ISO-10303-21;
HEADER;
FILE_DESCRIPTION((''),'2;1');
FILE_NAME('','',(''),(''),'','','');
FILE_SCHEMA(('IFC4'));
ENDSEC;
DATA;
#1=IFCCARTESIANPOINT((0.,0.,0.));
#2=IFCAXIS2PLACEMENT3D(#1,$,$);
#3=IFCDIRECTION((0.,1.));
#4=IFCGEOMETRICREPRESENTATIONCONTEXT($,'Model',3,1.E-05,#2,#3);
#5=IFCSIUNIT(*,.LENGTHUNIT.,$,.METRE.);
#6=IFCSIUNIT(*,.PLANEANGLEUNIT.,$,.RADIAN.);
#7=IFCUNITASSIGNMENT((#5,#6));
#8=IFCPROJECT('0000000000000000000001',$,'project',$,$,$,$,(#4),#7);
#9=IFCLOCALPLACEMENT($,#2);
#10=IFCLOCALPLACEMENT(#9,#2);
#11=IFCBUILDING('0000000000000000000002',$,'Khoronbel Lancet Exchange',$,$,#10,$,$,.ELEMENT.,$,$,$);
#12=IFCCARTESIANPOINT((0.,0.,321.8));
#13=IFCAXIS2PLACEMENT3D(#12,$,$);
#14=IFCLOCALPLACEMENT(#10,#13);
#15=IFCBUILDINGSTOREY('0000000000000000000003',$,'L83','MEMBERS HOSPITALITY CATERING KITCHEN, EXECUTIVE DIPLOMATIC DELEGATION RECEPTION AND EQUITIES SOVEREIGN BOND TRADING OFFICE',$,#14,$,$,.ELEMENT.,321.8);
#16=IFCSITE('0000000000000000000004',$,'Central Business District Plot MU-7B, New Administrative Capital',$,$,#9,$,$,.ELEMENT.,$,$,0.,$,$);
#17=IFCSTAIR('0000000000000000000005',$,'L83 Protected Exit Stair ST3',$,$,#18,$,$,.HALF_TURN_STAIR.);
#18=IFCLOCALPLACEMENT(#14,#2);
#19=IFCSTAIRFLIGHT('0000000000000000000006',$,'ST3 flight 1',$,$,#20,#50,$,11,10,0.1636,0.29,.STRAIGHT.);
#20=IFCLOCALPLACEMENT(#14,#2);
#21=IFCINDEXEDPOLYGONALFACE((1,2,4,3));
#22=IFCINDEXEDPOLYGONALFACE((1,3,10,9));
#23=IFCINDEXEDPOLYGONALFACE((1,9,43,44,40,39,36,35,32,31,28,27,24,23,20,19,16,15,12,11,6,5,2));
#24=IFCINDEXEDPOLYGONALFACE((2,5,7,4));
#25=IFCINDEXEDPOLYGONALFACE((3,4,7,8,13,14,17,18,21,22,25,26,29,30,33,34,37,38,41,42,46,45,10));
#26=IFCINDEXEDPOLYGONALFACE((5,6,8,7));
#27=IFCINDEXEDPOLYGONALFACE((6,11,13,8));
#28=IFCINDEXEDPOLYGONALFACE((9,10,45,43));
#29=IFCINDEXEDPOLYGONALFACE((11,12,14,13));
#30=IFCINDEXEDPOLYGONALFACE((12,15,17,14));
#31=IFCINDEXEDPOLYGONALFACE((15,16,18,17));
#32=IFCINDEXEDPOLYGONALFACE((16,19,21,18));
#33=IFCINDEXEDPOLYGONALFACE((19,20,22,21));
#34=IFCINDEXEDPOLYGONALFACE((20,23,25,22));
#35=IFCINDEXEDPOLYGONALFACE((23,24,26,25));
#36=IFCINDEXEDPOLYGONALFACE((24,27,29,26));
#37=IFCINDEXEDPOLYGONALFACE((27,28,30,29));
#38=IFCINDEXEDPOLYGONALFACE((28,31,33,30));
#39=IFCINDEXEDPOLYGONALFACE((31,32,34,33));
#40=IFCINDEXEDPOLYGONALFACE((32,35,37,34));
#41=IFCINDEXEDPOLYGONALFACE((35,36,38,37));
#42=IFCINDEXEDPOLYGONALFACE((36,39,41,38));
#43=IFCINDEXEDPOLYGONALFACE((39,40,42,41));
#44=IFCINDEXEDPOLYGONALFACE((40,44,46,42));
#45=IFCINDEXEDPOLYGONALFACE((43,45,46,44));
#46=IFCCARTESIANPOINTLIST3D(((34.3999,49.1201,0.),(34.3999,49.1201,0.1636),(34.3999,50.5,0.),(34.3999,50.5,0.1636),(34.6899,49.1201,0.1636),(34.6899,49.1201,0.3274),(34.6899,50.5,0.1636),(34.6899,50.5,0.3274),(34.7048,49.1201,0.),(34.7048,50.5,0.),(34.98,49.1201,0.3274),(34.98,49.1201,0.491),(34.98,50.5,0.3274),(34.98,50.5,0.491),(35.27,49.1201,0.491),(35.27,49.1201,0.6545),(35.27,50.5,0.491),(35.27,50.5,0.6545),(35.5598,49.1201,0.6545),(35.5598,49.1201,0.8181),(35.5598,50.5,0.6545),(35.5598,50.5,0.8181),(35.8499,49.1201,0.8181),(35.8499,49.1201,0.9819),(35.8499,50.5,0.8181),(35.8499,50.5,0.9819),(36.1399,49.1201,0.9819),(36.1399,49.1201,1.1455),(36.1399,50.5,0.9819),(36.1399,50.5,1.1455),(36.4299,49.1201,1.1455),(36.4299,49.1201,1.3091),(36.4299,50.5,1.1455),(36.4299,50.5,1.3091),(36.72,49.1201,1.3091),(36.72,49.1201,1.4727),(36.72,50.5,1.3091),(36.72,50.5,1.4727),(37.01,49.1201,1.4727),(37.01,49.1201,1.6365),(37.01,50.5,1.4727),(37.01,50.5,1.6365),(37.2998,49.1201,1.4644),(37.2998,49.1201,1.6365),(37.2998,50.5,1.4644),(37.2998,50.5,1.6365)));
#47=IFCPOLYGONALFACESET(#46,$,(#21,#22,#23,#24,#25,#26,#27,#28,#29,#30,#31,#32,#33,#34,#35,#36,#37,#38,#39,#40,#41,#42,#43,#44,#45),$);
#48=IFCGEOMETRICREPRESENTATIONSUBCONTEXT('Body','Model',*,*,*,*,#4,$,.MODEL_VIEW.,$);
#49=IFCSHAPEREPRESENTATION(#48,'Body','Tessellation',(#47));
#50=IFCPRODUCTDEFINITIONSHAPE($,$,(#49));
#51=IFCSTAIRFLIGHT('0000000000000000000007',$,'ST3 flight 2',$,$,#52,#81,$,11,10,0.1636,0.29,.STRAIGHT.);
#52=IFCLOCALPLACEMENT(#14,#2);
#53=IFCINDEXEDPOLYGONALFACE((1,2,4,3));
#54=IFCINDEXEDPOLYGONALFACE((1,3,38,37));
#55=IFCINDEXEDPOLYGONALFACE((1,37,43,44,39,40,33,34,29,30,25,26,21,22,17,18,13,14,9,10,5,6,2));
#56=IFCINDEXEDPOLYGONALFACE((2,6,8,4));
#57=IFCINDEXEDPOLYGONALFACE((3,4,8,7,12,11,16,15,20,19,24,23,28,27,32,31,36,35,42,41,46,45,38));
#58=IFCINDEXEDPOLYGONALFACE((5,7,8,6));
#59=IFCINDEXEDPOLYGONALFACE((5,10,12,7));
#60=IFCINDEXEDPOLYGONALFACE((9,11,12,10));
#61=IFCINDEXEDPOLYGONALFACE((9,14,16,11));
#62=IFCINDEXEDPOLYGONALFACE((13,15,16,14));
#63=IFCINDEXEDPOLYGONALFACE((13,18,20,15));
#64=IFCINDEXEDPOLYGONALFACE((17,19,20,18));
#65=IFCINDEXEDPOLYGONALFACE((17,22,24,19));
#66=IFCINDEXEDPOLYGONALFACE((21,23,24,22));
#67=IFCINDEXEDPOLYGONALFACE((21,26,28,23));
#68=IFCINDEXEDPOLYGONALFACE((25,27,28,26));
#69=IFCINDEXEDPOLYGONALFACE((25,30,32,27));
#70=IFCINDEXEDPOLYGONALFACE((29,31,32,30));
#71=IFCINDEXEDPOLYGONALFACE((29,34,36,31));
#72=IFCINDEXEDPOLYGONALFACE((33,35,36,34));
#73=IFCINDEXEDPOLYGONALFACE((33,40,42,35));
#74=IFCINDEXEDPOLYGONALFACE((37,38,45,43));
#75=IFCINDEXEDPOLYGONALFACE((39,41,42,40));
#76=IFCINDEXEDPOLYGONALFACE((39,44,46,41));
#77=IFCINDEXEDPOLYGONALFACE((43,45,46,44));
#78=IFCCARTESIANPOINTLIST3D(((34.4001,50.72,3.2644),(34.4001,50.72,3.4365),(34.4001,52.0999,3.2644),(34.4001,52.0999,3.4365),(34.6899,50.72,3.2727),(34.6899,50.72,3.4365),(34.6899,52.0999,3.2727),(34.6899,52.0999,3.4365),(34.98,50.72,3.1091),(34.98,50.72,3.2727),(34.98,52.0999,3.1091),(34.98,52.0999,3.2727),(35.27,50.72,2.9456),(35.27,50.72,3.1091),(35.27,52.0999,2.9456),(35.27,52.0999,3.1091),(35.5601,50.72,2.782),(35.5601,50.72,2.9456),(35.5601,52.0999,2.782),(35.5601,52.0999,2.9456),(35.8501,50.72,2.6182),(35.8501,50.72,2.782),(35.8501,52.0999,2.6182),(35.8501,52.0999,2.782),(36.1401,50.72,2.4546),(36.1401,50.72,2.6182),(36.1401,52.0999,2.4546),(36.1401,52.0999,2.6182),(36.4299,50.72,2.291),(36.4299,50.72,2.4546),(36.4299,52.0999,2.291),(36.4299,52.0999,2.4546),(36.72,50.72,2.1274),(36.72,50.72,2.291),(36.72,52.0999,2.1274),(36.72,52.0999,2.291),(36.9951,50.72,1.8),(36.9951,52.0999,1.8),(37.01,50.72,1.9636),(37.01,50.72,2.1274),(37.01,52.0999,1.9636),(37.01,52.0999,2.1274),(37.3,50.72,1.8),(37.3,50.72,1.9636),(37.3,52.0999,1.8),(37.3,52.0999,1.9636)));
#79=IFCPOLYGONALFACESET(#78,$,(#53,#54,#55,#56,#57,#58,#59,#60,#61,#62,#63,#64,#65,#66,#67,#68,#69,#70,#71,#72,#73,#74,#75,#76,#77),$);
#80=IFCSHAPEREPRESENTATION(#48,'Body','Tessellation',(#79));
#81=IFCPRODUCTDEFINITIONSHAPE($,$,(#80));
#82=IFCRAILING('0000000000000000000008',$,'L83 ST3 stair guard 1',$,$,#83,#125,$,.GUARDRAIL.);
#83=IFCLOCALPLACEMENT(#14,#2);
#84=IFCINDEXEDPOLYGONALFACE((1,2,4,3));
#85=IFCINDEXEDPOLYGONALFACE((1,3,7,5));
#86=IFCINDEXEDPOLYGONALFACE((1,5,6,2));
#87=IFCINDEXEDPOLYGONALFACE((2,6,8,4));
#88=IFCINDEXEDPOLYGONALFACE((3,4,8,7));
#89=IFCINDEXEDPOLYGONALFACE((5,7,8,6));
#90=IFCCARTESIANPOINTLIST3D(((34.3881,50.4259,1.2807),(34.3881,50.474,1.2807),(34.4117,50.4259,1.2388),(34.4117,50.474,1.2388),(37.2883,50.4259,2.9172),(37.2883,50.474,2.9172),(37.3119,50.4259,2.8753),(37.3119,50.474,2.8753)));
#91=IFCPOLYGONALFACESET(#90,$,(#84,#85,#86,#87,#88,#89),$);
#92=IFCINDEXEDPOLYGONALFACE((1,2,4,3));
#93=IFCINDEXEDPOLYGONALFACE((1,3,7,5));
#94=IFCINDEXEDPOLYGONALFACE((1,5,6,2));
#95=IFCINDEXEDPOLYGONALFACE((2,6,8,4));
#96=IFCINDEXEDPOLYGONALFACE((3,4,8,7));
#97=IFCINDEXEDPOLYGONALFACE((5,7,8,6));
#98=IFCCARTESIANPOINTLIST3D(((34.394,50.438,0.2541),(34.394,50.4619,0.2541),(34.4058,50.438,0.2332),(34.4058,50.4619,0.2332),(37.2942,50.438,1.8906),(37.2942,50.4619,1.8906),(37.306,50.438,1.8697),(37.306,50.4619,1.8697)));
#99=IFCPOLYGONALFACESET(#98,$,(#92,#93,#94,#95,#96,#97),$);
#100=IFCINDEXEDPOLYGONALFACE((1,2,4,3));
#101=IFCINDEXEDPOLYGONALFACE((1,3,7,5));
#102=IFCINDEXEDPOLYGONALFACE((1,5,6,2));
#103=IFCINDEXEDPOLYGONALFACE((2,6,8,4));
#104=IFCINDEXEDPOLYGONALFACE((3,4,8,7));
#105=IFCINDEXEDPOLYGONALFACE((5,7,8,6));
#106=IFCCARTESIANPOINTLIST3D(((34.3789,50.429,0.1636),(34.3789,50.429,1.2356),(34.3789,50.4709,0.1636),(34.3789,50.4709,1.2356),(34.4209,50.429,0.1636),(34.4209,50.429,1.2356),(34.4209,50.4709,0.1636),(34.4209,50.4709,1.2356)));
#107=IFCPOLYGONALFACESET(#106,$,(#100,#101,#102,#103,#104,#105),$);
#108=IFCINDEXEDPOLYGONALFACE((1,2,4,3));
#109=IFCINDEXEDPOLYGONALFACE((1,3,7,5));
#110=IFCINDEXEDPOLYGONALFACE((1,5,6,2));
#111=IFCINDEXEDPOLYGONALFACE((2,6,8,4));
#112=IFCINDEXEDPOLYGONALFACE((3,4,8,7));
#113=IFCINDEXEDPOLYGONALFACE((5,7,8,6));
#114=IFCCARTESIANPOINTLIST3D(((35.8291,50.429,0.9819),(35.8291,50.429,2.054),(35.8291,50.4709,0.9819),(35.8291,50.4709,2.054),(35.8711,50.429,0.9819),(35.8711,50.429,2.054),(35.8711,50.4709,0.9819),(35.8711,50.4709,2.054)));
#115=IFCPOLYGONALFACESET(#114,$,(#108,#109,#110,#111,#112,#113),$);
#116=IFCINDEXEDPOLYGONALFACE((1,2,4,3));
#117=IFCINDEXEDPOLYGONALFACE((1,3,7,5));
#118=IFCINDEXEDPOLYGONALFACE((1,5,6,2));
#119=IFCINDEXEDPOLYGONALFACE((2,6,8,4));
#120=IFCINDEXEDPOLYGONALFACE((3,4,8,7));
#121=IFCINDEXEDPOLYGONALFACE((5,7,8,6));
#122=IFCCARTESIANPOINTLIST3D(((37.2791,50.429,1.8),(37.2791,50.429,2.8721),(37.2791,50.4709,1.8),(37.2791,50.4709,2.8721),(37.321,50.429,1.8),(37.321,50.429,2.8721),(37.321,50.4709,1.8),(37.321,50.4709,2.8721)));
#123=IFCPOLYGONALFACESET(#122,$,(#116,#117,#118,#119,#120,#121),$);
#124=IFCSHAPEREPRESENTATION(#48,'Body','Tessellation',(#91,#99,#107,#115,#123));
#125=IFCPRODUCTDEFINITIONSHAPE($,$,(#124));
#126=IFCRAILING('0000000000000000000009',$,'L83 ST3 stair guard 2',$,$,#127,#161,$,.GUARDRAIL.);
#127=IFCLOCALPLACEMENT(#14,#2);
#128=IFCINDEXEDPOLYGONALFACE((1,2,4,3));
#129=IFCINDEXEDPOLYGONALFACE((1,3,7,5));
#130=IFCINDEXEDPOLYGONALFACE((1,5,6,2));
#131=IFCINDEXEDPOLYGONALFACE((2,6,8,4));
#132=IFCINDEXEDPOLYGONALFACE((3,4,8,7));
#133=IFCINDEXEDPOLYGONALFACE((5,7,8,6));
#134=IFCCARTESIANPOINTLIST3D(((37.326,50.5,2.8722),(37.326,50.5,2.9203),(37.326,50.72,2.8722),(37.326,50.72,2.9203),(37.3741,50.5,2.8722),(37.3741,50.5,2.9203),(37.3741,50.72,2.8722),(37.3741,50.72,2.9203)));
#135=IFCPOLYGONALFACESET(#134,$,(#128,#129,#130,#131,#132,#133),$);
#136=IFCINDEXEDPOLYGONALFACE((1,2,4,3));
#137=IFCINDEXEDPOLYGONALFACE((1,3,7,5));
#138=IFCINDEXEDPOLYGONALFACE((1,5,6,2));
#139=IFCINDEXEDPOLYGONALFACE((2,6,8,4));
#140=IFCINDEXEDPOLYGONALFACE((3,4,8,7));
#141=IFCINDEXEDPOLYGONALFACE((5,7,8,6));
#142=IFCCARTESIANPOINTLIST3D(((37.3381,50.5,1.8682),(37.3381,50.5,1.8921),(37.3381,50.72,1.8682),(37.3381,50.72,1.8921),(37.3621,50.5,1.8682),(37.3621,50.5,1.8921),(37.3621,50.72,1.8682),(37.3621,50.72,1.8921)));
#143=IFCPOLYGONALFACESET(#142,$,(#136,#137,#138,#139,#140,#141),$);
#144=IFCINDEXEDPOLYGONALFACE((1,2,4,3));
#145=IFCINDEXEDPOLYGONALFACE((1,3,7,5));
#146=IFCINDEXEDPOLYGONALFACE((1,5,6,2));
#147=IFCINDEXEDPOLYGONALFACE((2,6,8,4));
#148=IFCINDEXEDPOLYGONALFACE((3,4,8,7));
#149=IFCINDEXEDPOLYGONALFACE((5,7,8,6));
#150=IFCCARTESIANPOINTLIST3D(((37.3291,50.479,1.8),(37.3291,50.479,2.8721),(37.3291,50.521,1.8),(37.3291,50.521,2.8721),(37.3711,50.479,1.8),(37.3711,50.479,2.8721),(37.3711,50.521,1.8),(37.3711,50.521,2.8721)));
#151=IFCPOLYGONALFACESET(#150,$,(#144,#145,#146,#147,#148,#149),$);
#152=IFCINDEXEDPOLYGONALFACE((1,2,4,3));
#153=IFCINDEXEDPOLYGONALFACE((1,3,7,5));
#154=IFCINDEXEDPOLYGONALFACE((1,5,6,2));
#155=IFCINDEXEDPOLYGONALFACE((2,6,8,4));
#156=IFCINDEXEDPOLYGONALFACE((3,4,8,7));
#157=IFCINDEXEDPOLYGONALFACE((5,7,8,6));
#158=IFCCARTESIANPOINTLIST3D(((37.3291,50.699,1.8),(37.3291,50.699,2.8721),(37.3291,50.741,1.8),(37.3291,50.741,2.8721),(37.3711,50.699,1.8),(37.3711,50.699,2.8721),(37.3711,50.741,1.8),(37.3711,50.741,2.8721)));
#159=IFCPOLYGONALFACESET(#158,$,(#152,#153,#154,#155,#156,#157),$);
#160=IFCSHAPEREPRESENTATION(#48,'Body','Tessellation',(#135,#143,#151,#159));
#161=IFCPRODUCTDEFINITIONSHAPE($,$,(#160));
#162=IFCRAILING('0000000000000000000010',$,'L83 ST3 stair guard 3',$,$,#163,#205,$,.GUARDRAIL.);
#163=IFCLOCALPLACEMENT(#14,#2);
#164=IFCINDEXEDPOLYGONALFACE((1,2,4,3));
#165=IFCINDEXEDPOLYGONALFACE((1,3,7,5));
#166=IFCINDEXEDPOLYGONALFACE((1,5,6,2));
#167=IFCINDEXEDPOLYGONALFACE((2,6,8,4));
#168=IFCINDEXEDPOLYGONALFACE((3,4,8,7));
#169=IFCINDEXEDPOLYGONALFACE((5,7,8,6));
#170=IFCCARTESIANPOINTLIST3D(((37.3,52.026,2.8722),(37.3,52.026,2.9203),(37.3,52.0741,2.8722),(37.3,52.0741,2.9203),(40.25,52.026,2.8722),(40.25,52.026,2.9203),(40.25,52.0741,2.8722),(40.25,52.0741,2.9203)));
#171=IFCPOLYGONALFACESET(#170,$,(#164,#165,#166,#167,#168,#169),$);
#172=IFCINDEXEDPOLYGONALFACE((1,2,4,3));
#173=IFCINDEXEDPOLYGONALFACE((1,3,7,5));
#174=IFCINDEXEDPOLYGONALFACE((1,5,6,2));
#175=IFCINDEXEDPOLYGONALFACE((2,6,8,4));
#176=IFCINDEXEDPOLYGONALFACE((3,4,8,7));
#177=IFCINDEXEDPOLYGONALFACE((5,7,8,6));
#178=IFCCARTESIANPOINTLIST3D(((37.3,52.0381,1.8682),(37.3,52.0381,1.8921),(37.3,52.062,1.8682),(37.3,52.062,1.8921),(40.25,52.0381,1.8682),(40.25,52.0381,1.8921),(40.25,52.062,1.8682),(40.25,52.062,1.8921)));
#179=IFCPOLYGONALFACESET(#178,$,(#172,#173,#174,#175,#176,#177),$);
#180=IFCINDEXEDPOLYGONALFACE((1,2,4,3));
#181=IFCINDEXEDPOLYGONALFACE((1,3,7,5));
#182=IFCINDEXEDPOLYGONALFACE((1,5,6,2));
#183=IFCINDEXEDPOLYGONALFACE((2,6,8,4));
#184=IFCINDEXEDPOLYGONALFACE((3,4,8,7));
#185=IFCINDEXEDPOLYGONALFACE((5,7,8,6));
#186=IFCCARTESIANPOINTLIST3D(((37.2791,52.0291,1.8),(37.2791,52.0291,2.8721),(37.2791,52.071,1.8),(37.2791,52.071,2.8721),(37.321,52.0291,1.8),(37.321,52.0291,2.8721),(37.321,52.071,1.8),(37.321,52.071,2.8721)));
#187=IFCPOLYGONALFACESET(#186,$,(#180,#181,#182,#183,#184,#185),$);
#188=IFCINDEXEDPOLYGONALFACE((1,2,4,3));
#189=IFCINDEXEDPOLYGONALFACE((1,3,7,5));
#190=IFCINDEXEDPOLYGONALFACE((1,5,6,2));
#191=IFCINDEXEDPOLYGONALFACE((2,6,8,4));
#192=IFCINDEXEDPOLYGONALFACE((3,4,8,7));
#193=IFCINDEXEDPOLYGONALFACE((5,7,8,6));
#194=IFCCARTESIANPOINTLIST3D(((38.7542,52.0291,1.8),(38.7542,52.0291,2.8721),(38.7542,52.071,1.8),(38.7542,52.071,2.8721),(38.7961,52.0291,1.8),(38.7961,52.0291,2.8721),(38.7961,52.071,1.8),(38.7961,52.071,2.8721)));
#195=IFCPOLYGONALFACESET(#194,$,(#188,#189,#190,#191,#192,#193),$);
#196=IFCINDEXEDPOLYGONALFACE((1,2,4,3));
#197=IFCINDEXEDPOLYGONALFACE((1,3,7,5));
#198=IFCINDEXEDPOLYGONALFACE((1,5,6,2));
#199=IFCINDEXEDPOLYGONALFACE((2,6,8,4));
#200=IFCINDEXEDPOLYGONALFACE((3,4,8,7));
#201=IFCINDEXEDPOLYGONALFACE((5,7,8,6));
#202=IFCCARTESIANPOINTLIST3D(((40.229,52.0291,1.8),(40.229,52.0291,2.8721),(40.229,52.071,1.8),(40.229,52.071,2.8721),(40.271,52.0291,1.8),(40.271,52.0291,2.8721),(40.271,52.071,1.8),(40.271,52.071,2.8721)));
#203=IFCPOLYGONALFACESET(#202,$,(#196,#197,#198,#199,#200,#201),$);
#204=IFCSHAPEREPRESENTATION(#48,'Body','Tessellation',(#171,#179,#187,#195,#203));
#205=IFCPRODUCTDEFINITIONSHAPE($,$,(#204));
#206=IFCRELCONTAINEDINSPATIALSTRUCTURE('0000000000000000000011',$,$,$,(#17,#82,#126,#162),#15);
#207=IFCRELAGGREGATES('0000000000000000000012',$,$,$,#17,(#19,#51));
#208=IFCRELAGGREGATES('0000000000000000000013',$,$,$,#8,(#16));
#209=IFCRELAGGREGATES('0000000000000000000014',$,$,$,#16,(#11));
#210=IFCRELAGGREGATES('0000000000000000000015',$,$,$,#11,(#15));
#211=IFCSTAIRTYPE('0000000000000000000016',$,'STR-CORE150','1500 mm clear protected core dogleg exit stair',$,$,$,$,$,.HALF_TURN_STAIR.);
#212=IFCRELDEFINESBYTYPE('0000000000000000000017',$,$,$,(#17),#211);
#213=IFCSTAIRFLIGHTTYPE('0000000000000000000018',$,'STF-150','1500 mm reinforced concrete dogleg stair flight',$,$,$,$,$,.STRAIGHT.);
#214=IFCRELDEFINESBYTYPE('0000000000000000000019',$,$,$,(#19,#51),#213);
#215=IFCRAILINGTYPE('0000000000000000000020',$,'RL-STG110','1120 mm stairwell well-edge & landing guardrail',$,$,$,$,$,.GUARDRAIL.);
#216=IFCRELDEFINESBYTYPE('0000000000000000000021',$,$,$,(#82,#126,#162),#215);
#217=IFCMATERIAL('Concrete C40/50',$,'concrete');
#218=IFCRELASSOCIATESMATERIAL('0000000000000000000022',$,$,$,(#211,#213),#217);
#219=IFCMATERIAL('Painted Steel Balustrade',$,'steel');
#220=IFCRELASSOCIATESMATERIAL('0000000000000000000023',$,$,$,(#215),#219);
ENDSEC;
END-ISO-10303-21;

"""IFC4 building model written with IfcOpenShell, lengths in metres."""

from ifc_helpers import new_model, si_unit, direction, frame, origin, origin_2d, place, context, subcontext, project, spatial, polyline, rectangle, outline, extrude, material, type_object, element, aggregate, save


model = new_model("IFC4")

# Units and contexts
model_context = context("Model", 3, precision=1e-05, world=origin(), true_north=direction((0.0, 1.0)))
body_context = subcontext(model_context, "Body", "Model", "MODEL_VIEW")
ifc_project = project(units=[si_unit("LENGTHUNIT", "METRE"), si_unit("PLANEANGLEUNIT", "RADIAN")], contexts=[model_context])

# Site, building, storey
site_placement = place(None, origin())
site = spatial("IfcSite", under=ifc_project, at=site_placement, Name="Central Business District Plot MU-7B, New Administrative Capital", CompositionType="ELEMENT", RefElevation=0.0)
building_placement = place(site_placement, origin())
building = spatial("IfcBuilding", under=site, at=building_placement, Name="Khoronbel Lancet Exchange", CompositionType="ELEMENT")
storey_placement = place(building_placement, frame((0.0, 0.0, 321.8)))
storey = spatial("IfcBuildingStorey", under=building, at=storey_placement, Name="L83", Description="MEMBERS HOSPITALITY CATERING KITCHEN, EXECUTIVE DIPLOMATIC DELEGATION RECEPTION AND EQUITIES SOVEREIGN BOND TRADING OFFICE", CompositionType="ELEMENT", Elevation=321.8)

# Stair, stair flights
ifc_material_1 = material(Name="Concrete C40/50", Category="concrete")
stair_type = type_object("IfcStairType", Name="STR-CORE150", Description="1500 mm clear protected core dogleg exit stair", PredefinedType="HALF_TURN_STAIR", material=ifc_material_1)
stair_placement = place(storey_placement, origin())
stair = element("IfcStair", 1, at=stair_placement, inside=storey, type_object=stair_type, Name="L83 Protected Exit Stair ST3", PredefinedType="HALF_TURN_STAIR")
stair_flight_type = type_object("IfcStairFlightType", Name="STF-150", Description="1500 mm reinforced concrete dogleg stair flight", PredefinedType="STRAIGHT", material=ifc_material_1)
stair_flight_1_placement = place(storey_placement, frame((34.3999, 49.8101, 0.0), z_axis=(0.0, 0.0, 1.0), x_axis=(1.0, 0.0, 0.0)))
stair_flight_1 = element("IfcStairFlight", 2, at=stair_flight_1_placement, type_object=stair_flight_type, Name="ST3 flight 1", NumberOfRisers=11, NumberOfTreads=10, PredefinedType="STRAIGHT", RiserHeight=0.1636, TreadLength=0.29, context=body_context, shape_type="SweptSolid", body=[
    extrude(outline(polyline([(0.0, 0.0), (0.0, 0.1636), (0.29, 0.1636), (0.29, 0.3274), (0.5801, 0.3274), (0.5801, 0.491), (0.8701, 0.491), (0.8701, 0.6545), (1.1599, 0.6545), (1.1599, 0.8181), (1.45, 0.8181), (1.45, 0.9819), (1.74, 0.9819), (1.74, 1.1455), (2.03, 1.1455), (2.03, 1.3091), (2.3201, 1.3091), (2.3201, 1.4727), (2.6101, 1.4727), (2.6101, 1.6365), (2.8999, 1.6365), (2.8999, 1.8), (2.8999, 1.4644), (0.3049, 0.0), (0.0, 0.0)])), frame((0.0, 0.6899, 0.0), z_axis=(0.0, -1.0, 0.0), x_axis=(1.0, 0.0, 0.0)), (0.0, 0.0, 1.0), 1.3799),
])
stair_flight_2_placement = place(storey_placement, frame((37.3, 51.4099, 1.8), z_axis=(0.0, 0.0, 1.0), x_axis=(-1.0, 0.0, 0.0)))
stair_flight_2 = element("IfcStairFlight", 3, at=stair_flight_2_placement, type_object=stair_flight_type, Name="ST3 flight 2", NumberOfRisers=11, NumberOfTreads=10, PredefinedType="STRAIGHT", RiserHeight=0.1636, TreadLength=0.29, context=body_context, shape_type="SweptSolid", body=[
    extrude(outline(polyline([(0.0, 0.0), (0.0, 0.1636), (0.29, 0.1636), (0.29, 0.3274), (0.5801, 0.3274), (0.5801, 0.491), (0.8701, 0.491), (0.8701, 0.6545), (1.1599, 0.6545), (1.1599, 0.8181), (1.45, 0.8181), (1.45, 0.9819), (1.74, 0.9819), (1.74, 1.1455), (2.03, 1.1455), (2.03, 1.3091), (2.3201, 1.3091), (2.3201, 1.4727), (2.6101, 1.4727), (2.6101, 1.6365), (2.8999, 1.6365), (2.8999, 1.8), (2.8999, 1.4644), (0.3049, 0.0), (0.0, 0.0)])), frame((0.0, 0.6899, 0.0), z_axis=(0.0, -1.0, 0.0), x_axis=(1.0, 0.0, 0.0)), (0.0, 0.0, 1.0), 1.3799),
])
aggregate(stair, [stair_flight_1, stair_flight_2])

# Railings
ifc_material_2 = material(Name="Painted Steel Balustrade", Category="steel")
railing_type_1 = type_object("IfcRailingType", Name="RL-STG110", Description="1120 mm stairwell well-edge & landing guardrail", PredefinedType="GUARDRAIL", material=ifc_material_2)
railing_1_placement = place(storey_placement, frame((34.3999, 50.45, 0.1636)))
element("IfcRailing", 4, at=railing_1_placement, inside=storey, type_object=railing_type_1, Name="L83 ST3 stair guard 1", PredefinedType="GUARDRAIL", context=body_context, shape_type="SweptSolid", body=[
    extrude(rectangle(XDim=0.0481, YDim=0.0481, at=origin_2d()), frame((0.0, 0.0, 1.0962), z_axis=(0.870915, 0.0, 0.491434), x_axis=(0.0, 1.0, 0.0)), (0.0, 0.0, 1.0), 3.3301),
    extrude(rectangle(XDim=0.0239, YDim=0.0239, at=origin_2d()), frame((0.0, 0.0, 0.0801), z_axis=(0.870915, 0.0, 0.491434), x_axis=(0.0, 1.0, 0.0)), (0.0, 0.0, 1.0), 3.3301),
    extrude(rectangle(XDim=0.042, YDim=0.042, at=origin_2d()), origin(), (0.0, 0.0, 1.0), 1.072),
    extrude(rectangle(XDim=0.042, YDim=0.042, at=origin_2d()), frame((1.4502, 0.0, 0.8184)), (0.0, 0.0, 1.0), 1.072),
    extrude(rectangle(XDim=0.042, YDim=0.042, at=origin_2d()), frame((2.9001, 0.0, 1.6365)), (0.0, 0.0, 1.0), 1.072),
])
railing_2_placement = place(storey_placement, frame((37.3501, 50.5, 1.8)))
element("IfcRailing", 5, at=railing_2_placement, inside=storey, type_object=railing_type_1, Name="L83 ST3 stair guard 2", PredefinedType="GUARDRAIL", context=body_context, shape_type="SweptSolid", body=[
    extrude(rectangle(XDim=0.0481, YDim=0.0481, at=origin_2d()), frame((0.0, 0.0, 1.0962), z_axis=(0.0, 1.0, 0.0), x_axis=(-1.0, 0.0, 0.0)), (0.0, 0.0, 1.0), 0.22),
    extrude(rectangle(XDim=0.0239, YDim=0.0239, at=origin_2d()), frame((0.0, 0.0, 0.0801), z_axis=(0.0, 1.0, 0.0), x_axis=(-1.0, 0.0, 0.0)), (0.0, 0.0, 1.0), 0.22),
    extrude(rectangle(XDim=0.042, YDim=0.042, at=origin_2d()), origin(), (0.0, 0.0, 1.0), 1.072),
    extrude(rectangle(XDim=0.042, YDim=0.042, at=origin_2d()), frame((0.0, 0.22, 0.0)), (0.0, 0.0, 1.0), 1.072),
])
railing_3_placement = place(storey_placement, frame((37.3, 52.05, 1.8)))
element("IfcRailing", 6, at=railing_3_placement, inside=storey, type_object=railing_type_1, Name="L83 ST3 stair guard 3", PredefinedType="GUARDRAIL", context=body_context, shape_type="SweptSolid", body=[
    extrude(rectangle(XDim=0.0481, YDim=0.0481, at=origin_2d()), frame((0.0, 0.0, 1.0962), z_axis=(1.0, 0.0, 0.0), x_axis=(0.0, 1.0, 0.0)), (0.0, 0.0, 1.0), 2.95),
    extrude(rectangle(XDim=0.0239, YDim=0.0239, at=origin_2d()), frame((0.0, 0.0, 0.0801), z_axis=(1.0, 0.0, 0.0), x_axis=(0.0, 1.0, 0.0)), (0.0, 0.0, 1.0), 2.95),
    extrude(rectangle(XDim=0.042, YDim=0.042, at=origin_2d()), origin(), (0.0, 0.0, 1.0), 1.072),
    extrude(rectangle(XDim=0.042, YDim=0.042, at=origin_2d()), frame((1.4751, 0.0, 0.0)), (0.0, 0.0, 1.0), 1.072),
    extrude(rectangle(XDim=0.042, YDim=0.042, at=origin_2d()), frame((2.95, 0.0, 0.0)), (0.0, 0.0, 1.0), 1.072),
])

save(model, "model.ifc")
